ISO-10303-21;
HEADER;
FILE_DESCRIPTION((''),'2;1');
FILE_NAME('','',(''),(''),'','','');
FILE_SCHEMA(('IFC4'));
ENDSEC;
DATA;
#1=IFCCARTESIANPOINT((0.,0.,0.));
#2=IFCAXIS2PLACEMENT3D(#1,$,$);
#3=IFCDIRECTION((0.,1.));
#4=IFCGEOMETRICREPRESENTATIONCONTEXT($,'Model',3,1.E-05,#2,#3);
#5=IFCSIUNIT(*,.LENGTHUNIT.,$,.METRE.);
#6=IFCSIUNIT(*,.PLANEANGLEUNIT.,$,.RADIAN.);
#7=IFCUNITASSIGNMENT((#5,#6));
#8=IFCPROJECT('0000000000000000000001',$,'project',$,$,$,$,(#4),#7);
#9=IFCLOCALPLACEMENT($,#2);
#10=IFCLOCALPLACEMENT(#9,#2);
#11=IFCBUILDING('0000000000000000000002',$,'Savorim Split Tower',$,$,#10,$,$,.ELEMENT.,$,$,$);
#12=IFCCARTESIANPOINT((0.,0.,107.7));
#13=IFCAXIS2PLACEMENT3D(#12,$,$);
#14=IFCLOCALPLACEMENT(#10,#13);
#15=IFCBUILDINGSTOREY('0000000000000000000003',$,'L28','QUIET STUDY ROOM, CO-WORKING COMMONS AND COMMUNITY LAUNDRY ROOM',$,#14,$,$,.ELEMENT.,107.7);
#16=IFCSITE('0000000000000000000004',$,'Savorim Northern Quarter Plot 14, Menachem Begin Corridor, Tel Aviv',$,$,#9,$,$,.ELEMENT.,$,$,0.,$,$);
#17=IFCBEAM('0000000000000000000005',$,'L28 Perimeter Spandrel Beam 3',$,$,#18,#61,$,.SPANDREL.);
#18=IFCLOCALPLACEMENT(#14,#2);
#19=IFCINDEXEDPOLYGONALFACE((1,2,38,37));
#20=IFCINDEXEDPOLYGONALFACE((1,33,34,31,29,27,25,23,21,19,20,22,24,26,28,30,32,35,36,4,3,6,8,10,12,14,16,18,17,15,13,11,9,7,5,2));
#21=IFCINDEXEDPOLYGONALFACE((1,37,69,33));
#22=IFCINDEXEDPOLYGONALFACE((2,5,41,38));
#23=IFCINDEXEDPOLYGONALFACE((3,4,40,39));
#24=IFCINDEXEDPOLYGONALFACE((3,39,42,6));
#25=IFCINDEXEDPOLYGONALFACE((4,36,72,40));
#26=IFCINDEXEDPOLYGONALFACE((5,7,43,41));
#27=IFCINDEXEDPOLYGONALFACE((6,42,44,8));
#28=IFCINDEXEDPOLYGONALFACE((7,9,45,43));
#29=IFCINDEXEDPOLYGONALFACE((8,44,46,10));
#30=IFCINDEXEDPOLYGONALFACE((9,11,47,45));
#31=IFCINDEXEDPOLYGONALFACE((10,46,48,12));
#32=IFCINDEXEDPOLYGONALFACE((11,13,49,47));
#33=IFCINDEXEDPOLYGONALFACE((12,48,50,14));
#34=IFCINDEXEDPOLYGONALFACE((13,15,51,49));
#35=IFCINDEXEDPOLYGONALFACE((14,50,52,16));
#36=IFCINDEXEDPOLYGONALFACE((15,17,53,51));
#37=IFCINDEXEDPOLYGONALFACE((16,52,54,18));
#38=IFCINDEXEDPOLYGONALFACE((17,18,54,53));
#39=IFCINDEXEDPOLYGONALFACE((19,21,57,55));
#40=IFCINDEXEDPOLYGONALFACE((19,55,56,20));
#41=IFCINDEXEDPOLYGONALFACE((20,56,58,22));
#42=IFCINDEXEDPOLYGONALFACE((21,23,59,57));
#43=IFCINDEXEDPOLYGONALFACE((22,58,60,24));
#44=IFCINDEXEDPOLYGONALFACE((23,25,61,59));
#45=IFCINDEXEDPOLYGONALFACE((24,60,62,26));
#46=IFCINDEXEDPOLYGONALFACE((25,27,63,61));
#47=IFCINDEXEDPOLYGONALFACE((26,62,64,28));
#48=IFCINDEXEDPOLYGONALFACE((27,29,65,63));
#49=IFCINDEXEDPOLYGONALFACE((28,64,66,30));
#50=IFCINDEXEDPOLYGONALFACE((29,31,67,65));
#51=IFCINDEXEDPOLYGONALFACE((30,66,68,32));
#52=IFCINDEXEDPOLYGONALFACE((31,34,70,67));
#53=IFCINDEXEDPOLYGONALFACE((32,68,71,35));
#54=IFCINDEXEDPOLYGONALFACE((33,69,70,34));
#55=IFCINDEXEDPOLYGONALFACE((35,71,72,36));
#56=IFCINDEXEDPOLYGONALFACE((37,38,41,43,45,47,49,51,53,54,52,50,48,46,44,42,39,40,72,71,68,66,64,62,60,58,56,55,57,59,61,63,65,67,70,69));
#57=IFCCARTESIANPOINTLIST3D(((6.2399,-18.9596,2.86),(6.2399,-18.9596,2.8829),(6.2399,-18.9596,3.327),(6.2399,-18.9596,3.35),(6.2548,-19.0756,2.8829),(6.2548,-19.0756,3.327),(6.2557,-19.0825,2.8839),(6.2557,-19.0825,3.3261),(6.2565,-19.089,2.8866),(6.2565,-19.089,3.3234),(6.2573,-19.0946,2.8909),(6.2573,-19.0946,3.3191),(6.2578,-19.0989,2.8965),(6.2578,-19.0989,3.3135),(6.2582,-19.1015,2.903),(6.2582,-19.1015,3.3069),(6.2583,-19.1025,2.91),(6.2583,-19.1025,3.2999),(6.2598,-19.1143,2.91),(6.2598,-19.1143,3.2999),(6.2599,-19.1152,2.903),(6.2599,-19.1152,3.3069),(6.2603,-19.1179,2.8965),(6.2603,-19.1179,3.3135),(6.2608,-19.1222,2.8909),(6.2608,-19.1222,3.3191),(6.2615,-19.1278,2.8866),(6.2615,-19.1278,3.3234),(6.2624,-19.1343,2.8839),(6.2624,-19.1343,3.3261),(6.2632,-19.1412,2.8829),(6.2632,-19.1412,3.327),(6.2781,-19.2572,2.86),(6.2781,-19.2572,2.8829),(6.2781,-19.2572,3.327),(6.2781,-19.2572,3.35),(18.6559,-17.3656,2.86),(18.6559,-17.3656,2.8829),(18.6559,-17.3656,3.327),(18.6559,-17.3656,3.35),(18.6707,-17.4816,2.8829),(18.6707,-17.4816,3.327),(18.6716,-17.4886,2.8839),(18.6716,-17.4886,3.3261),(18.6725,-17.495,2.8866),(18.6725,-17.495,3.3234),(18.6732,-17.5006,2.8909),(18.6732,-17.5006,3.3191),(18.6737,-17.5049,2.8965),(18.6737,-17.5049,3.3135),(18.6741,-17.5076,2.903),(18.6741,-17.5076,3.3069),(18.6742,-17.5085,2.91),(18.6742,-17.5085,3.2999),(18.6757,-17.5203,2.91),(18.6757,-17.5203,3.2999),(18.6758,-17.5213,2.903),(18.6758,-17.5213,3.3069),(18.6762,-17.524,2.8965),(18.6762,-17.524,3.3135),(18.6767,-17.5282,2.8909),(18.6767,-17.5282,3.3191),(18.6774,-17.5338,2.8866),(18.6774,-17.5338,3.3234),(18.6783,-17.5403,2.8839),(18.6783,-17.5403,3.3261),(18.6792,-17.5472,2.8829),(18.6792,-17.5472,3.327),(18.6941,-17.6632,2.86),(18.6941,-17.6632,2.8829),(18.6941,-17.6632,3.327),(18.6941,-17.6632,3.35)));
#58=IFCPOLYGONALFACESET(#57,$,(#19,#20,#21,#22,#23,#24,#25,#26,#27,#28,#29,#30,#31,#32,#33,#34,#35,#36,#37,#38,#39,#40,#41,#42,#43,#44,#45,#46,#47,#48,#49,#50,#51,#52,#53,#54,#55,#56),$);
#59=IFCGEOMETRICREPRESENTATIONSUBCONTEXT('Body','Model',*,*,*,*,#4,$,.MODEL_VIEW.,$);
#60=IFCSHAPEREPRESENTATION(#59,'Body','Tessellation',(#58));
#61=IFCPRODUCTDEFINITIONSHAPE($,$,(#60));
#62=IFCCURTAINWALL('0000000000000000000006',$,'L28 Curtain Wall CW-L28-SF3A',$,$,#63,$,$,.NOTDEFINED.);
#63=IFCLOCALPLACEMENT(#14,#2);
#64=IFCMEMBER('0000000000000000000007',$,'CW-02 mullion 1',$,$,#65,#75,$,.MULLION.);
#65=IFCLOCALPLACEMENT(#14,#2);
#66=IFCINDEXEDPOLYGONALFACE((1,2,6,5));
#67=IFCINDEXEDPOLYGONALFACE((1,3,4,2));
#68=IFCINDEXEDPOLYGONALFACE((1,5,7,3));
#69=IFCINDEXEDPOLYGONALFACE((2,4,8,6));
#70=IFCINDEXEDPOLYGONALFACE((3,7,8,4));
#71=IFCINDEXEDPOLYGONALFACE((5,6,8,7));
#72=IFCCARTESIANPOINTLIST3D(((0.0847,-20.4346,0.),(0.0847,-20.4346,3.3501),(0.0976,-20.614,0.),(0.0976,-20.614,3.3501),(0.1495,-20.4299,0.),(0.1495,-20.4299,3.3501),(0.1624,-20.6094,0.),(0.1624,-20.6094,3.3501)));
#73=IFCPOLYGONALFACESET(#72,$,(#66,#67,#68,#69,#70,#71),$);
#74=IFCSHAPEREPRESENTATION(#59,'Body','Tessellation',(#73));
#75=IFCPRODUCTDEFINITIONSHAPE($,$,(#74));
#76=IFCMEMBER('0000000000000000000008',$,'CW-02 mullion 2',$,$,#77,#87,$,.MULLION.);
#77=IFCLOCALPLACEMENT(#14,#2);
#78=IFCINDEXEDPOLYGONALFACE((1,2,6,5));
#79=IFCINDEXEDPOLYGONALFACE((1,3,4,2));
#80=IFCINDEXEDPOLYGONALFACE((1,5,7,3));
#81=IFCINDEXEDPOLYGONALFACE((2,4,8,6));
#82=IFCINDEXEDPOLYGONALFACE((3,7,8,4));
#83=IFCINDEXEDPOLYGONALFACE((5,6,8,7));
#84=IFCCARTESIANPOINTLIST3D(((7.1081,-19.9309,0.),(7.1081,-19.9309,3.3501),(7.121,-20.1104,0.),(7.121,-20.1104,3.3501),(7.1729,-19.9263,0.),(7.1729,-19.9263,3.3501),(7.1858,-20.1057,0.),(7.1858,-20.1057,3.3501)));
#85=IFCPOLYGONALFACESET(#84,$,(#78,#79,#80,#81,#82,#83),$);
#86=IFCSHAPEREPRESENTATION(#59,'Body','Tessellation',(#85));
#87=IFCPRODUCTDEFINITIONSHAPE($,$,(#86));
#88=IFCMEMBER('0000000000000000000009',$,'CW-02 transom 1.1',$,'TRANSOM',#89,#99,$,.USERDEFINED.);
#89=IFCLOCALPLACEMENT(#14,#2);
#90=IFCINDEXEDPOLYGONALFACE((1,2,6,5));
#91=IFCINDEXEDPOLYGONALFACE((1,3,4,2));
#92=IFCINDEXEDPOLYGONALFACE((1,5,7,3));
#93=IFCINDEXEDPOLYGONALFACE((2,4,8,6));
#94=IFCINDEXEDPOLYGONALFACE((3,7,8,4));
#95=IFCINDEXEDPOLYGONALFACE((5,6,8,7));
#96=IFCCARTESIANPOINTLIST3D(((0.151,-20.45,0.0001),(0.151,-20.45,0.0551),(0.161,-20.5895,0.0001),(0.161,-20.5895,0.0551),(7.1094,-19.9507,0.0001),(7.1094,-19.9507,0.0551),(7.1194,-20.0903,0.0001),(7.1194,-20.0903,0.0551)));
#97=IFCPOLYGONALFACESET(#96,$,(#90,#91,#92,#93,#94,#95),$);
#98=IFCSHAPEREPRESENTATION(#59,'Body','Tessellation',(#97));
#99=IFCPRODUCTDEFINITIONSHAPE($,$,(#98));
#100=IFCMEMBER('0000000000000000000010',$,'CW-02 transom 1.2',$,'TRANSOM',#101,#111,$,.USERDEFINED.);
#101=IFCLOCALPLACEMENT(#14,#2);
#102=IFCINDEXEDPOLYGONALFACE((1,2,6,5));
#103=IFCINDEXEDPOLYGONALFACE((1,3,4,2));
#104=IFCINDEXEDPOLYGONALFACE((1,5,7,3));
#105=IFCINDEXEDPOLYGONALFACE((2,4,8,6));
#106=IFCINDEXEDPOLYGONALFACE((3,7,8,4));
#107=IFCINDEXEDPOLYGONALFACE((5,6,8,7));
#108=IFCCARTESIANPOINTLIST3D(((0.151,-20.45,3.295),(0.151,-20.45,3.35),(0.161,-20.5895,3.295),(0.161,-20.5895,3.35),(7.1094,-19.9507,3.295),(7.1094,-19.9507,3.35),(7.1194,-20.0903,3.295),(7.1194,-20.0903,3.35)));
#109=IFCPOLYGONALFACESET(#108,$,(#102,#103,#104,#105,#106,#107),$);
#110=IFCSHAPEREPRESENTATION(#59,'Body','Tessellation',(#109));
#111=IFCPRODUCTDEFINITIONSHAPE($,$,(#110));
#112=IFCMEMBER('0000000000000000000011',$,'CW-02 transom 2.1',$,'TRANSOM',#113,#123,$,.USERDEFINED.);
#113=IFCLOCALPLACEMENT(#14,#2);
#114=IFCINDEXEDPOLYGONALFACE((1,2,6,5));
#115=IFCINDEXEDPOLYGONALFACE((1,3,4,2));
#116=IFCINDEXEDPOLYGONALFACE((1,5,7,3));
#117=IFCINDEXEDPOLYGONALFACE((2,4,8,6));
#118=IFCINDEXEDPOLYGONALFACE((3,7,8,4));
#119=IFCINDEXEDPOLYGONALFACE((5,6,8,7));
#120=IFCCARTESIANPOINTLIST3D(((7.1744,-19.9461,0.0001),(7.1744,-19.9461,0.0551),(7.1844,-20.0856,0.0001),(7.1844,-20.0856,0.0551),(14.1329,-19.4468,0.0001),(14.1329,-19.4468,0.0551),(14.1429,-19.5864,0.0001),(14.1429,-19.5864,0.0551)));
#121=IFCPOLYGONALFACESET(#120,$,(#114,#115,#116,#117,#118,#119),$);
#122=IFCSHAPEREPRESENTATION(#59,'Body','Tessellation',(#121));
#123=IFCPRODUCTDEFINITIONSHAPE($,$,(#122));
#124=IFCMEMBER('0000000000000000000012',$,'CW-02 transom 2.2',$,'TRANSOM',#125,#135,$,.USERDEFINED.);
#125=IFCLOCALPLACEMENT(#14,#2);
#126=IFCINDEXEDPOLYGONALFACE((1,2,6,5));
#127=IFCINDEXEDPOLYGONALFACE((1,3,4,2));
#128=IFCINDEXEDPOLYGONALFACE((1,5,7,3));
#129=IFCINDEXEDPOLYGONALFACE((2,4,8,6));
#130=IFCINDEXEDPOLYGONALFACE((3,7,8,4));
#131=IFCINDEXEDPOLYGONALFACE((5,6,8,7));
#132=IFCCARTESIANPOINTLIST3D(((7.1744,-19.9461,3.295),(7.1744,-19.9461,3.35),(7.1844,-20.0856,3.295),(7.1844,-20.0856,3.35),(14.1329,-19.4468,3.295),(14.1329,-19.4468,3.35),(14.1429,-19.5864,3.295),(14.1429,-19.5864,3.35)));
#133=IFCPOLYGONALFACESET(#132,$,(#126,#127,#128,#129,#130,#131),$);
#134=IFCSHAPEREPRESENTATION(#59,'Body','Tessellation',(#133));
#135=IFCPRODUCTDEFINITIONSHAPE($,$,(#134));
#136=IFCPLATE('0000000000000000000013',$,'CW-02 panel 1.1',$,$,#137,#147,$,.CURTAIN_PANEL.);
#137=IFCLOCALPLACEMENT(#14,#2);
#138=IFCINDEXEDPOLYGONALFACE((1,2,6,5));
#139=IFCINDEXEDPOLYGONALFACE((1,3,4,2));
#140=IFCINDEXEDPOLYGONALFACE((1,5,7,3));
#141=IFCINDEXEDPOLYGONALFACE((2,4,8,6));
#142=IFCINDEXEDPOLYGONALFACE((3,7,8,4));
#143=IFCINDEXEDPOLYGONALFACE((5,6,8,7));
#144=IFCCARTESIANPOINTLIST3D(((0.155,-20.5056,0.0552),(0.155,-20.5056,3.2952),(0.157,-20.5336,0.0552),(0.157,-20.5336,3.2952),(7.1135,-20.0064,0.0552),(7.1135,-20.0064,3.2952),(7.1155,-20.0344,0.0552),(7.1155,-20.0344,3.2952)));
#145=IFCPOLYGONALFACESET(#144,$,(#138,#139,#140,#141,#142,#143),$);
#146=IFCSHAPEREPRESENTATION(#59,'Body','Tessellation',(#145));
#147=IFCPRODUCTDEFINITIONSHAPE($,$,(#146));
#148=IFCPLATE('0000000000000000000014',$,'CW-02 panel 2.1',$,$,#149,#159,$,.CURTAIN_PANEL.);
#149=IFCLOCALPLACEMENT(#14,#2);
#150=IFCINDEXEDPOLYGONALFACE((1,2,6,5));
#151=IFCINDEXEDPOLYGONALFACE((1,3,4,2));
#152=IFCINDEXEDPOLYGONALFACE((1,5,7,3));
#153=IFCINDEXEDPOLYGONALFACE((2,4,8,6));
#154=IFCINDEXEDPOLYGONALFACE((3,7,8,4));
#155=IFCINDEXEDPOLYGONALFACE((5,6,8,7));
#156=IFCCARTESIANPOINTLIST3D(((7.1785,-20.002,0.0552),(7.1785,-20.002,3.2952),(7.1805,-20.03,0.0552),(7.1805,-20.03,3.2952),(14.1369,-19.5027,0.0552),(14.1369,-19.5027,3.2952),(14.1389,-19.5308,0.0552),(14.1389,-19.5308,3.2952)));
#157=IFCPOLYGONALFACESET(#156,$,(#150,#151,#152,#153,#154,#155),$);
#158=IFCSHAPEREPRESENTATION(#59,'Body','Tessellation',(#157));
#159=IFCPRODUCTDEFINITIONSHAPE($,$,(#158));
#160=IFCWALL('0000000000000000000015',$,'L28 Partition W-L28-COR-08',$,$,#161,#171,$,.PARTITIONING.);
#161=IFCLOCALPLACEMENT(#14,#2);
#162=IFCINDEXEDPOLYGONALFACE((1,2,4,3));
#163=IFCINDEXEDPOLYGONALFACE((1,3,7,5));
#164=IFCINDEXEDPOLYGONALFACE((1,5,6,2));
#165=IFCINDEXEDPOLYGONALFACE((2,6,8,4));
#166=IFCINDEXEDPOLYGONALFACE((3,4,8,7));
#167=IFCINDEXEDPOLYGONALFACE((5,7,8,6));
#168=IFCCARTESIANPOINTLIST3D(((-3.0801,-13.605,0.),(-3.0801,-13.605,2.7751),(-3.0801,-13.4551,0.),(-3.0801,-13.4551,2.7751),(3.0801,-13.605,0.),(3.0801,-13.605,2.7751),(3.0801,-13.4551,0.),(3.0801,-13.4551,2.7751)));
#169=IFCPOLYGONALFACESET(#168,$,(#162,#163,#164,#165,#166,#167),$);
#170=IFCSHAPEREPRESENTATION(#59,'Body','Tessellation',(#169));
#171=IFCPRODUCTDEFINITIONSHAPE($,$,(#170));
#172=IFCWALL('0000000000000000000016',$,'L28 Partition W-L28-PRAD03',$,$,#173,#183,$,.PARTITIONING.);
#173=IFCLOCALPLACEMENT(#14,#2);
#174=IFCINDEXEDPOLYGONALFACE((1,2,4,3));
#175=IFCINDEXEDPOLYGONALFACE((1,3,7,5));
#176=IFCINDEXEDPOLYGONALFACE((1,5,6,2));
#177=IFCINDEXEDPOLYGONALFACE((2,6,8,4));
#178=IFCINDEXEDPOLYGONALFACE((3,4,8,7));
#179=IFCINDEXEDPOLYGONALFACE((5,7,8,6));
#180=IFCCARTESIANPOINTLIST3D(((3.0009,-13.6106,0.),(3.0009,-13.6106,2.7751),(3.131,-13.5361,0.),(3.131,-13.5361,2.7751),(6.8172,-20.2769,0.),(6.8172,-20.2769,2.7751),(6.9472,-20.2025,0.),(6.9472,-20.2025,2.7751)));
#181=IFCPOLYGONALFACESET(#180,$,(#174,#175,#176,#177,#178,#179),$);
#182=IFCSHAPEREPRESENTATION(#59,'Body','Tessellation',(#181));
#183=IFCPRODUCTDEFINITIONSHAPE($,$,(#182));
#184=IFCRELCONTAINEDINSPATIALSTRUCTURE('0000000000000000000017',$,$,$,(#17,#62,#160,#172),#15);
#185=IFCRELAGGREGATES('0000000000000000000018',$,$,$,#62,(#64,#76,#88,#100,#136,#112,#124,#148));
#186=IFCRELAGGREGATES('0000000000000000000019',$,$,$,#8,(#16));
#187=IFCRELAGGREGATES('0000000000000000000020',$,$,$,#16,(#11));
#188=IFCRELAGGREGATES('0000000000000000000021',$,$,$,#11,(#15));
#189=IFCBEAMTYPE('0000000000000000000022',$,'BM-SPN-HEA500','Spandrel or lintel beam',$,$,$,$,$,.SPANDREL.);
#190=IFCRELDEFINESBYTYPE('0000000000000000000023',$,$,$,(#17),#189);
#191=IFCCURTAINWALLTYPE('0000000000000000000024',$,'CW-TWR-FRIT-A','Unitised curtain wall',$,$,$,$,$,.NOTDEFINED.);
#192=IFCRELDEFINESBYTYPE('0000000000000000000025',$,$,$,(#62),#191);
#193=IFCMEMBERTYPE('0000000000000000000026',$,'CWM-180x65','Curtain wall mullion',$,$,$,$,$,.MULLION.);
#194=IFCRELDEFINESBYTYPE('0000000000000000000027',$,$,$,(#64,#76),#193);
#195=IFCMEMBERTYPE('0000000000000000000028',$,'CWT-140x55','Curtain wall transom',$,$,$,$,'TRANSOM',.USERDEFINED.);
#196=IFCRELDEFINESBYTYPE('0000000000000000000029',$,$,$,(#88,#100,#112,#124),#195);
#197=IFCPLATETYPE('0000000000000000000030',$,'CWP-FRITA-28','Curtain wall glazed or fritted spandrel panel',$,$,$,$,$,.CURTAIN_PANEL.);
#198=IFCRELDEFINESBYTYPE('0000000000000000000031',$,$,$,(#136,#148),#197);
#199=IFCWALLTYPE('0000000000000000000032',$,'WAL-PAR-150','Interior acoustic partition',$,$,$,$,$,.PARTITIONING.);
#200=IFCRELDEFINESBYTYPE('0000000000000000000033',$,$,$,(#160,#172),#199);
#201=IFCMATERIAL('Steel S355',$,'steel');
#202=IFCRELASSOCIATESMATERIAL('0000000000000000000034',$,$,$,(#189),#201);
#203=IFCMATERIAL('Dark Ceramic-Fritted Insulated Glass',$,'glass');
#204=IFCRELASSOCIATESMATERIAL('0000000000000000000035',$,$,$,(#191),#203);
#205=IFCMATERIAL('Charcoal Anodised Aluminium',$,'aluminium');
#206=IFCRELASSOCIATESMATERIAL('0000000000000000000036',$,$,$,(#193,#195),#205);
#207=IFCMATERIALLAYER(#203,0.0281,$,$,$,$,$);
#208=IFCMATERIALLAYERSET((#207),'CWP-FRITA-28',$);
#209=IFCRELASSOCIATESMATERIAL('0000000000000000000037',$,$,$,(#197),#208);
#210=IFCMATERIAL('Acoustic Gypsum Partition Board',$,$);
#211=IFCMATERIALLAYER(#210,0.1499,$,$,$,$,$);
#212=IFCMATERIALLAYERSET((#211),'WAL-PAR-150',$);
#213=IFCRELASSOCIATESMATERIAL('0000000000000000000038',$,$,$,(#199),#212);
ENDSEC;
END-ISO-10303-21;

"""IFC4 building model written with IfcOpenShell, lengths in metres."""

from ifc_helpers import new_model, si_unit, direction, frame, frame_2d, origin, origin_2d, place, context, subcontext, project, spatial, rectangle, i_section, extrude, material, layer, layer_set, material_profile, profile_set, type_object, element, aggregate, save


model = new_model("IFC4")

# Units and contexts
model_context = context("Model", 3, precision=1e-05, world=origin(), true_north=direction((0.0, 1.0)))
body_context = subcontext(model_context, "Body", "Model", "MODEL_VIEW")
ifc_project = project(units=[si_unit("LENGTHUNIT", "METRE"), si_unit("PLANEANGLEUNIT", "RADIAN")], contexts=[model_context])

# Site, building, storey
site_placement = place(None, origin())
site = spatial("IfcSite", under=ifc_project, at=site_placement, Name="Savorim Northern Quarter Plot 14, Menachem Begin Corridor, Tel Aviv", CompositionType="ELEMENT", RefElevation=0.0)
building_placement = place(site_placement, origin())
building = spatial("IfcBuilding", under=site, at=building_placement, Name="Savorim Split Tower", CompositionType="ELEMENT")
storey_placement = place(building_placement, frame((0.0, 0.0, 107.7)))
storey = spatial("IfcBuildingStorey", under=building, at=storey_placement, Name="L28", Description="QUIET STUDY ROOM, CO-WORKING COMMONS AND COMMUNITY LAUNDRY ROOM", CompositionType="ELEMENT", Elevation=107.7)

# Beam
ifc_material_1 = material(Name="Steel S355", Category="steel")
ifc_material_profile_1 = material_profile(ifc_material_1, i_section(OverallWidth=0.3, OverallDepth=0.49, WebThickness=0.012, FlangeThickness=0.0229, FilletRadius=0.0271, at=origin_2d()), Name="HEA 500")
ifc_profile_set_1 = profile_set([ifc_material_profile_1], Name="Steel S355")
beam_type_1 = type_object("IfcBeamType", Name="BM-SPN-HEA500", Description="Spandrel or lintel beam", PredefinedType="SPANDREL", material=ifc_profile_set_1)
beam_1_placement = place(storey_placement, frame((6.259, -19.1084, 3.105), z_axis=(0.99186, 0.127337, 0.0), x_axis=(-0.127337, 0.99186, 0.0)))
element("IfcBeam", 1, at=beam_1_placement, inside=storey, type_object=beam_type_1, Name="L28 Perimeter Spandrel Beam 3", PredefinedType="SPANDREL", context=body_context, shape_type="SweptSolid", body=[
    extrude(i_section(OverallWidth=0.3, OverallDepth=0.49, WebThickness=0.012, FlangeThickness=0.0229, FilletRadius=0.0271, at=origin_2d()), origin(), (0.0, 0.0, 1.0), 12.5178),
])

# Curtain wall, members, plates
ifc_material_2 = material(Name="Dark Ceramic-Fritted Insulated Glass", Category="glass")
curtain_wall_type = type_object("IfcCurtainWallType", Name="CW-TWR-FRIT-A", Description="Unitised curtain wall", PredefinedType="NOTDEFINED", material=ifc_material_2)
curtain_wall_placement = place(storey_placement, origin())
curtain_wall = element("IfcCurtainWall", 2, at=curtain_wall_placement, inside=storey, type_object=curtain_wall_type, Name="L28 Curtain Wall CW-L28-SF3A", PredefinedType="NOTDEFINED")
ifc_material_3 = material(Name="Charcoal Anodised Aluminium", Category="aluminium")
ifc_material_profile_2 = material_profile(ifc_material_3, rectangle(XDim=0.1799, YDim=0.0649, at=origin_2d()), Name="ALU-M 180x65")
ifc_profile_set_2 = profile_set([ifc_material_profile_2], Name="Charcoal Anodised Aluminium")
member_type_1 = type_object("IfcMemberType", Name="CWM-180x65", Description="Curtain wall mullion", PredefinedType="MULLION", material=ifc_profile_set_2)
member_1_placement = place(storey_placement, frame((0.1235, -20.522, 0.0), z_axis=(0.0, 0.0, 1.0), x_axis=(-0.071559, 0.997436, 0.0)))
member_1 = element("IfcMember", 3, at=member_1_placement, type_object=member_type_1, Name="CW-02 mullion 1", PredefinedType="MULLION", context=body_context, shape_type="SweptSolid", body=[
    extrude(rectangle(XDim=0.1799, YDim=0.0649, at=origin_2d()), origin(), (0.0, 0.0, 1.0), 3.3501),
])
member_2_placement = place(storey_placement, frame((7.147, -20.0183, 0.0), z_axis=(0.0, 0.0, 1.0), x_axis=(-0.071559, 0.997436, 0.0)))
member_2 = element("IfcMember", 4, at=member_2_placement, type_object=member_type_1, Name="CW-02 mullion 2", PredefinedType="MULLION", context=body_context, shape_type="SweptSolid", body=[
    extrude(rectangle(XDim=0.1799, YDim=0.0649, at=origin_2d()), origin(), (0.0, 0.0, 1.0), 3.3501),
])
ifc_material_profile_3 = material_profile(ifc_material_3, rectangle(XDim=0.1399, YDim=0.0549, at=origin_2d()), Name="ALU-T 140x55")
ifc_profile_set_3 = profile_set([ifc_material_profile_3], Name="Charcoal Anodised Aluminium")
member_type_2 = type_object("IfcMemberType", Name="CWT-140x55", Description="Curtain wall transom", ElementType="TRANSOM", PredefinedType="USERDEFINED", material=ifc_profile_set_3)
member_3_placement = place(storey_placement, frame((0.156, -20.5198, 0.0276), z_axis=(0.997436, 0.071565, 0.0), x_axis=(-0.071565, 0.997436, 0.0)))
member_3 = element("IfcMember", 5, at=member_3_placement, type_object=member_type_2, Name="CW-02 transom 1.1", ObjectType="TRANSOM", PredefinedType="USERDEFINED", context=body_context, shape_type="SweptSolid", body=[
    extrude(rectangle(XDim=0.1399, YDim=0.0549, at=origin_2d()), origin(), (0.0, 0.0, 1.0), 6.9763),
])
member_4_placement = place(storey_placement, frame((0.156, -20.5198, 3.3225), z_axis=(0.997436, 0.071565, 0.0), x_axis=(-0.071565, 0.997436, 0.0)))
member_4 = element("IfcMember", 6, at=member_4_placement, type_object=member_type_2, Name="CW-02 transom 1.2", ObjectType="TRANSOM", PredefinedType="USERDEFINED", context=body_context, shape_type="SweptSolid", body=[
    extrude(rectangle(XDim=0.1399, YDim=0.0549, at=origin_2d()), origin(), (0.0, 0.0, 1.0), 6.9763),
])
member_5_placement = place(storey_placement, frame((7.1794, -20.0159, 0.0276), z_axis=(0.997436, 0.071565, 0.0), x_axis=(-0.071565, 0.997436, 0.0)))
member_5 = element("IfcMember", 7, at=member_5_placement, type_object=member_type_2, Name="CW-02 transom 2.1", ObjectType="TRANSOM", PredefinedType="USERDEFINED", context=body_context, shape_type="SweptSolid", body=[
    extrude(rectangle(XDim=0.1399, YDim=0.0549, at=origin_2d()), origin(), (0.0, 0.0, 1.0), 6.9763),
])
member_6_placement = place(storey_placement, frame((7.1794, -20.0159, 3.3225), z_axis=(0.997436, 0.071565, 0.0), x_axis=(-0.071565, 0.997436, 0.0)))
member_6 = element("IfcMember", 8, at=member_6_placement, type_object=member_type_2, Name="CW-02 transom 2.2", ObjectType="TRANSOM", PredefinedType="USERDEFINED", context=body_context, shape_type="SweptSolid", body=[
    extrude(rectangle(XDim=0.1399, YDim=0.0549, at=origin_2d()), origin(), (0.0, 0.0, 1.0), 6.9763),
])
ifc_layer_1 = layer(ifc_material_2, 0.0281)
ifc_layer_set_1 = layer_set([ifc_layer_1], Name="CWP-FRITA-28")
plate_type = type_object("IfcPlateType", Name="CWP-FRITA-28", Description="Curtain wall glazed or fritted spandrel panel", PredefinedType="CURTAIN_PANEL", material=ifc_layer_set_1)
plate_1_placement = place(storey_placement, frame((3.6353, -20.27, 0.0552), z_axis=(0.0, 0.0, 1.0), x_axis=(0.997436, 0.071559, 0.0)))
plate_1 = element("IfcPlate", 9, at=plate_1_placement, type_object=plate_type, Name="CW-02 panel 1.1", PredefinedType="CURTAIN_PANEL", context=body_context, shape_type="SweptSolid", body=[
    extrude(rectangle(XDim=6.9763, YDim=0.0281, at=origin_2d()), origin(), (0.0, 0.0, 1.0), 3.24),
])
plate_2_placement = place(storey_placement, frame((10.6587, -19.7664, 0.0552), z_axis=(0.0, 0.0, 1.0), x_axis=(0.997436, 0.071559, 0.0)))
plate_2 = element("IfcPlate", 10, at=plate_2_placement, type_object=plate_type, Name="CW-02 panel 2.1", PredefinedType="CURTAIN_PANEL", context=body_context, shape_type="SweptSolid", body=[
    extrude(rectangle(XDim=6.9763, YDim=0.0281, at=origin_2d()), origin(), (0.0, 0.0, 1.0), 3.24),
])
aggregate(curtain_wall, [member_1, member_2, member_3, member_4, plate_1, member_5, member_6, plate_2])

# Walls
ifc_material_4 = material(Name="Acoustic Gypsum Partition Board")
ifc_layer_2 = layer(ifc_material_4, 0.1499)
ifc_layer_set_2 = layer_set([ifc_layer_2], Name="WAL-PAR-150")
wall_type = type_object("IfcWallType", Name="WAL-PAR-150", Description="Interior acoustic partition", PredefinedType="PARTITIONING", material=ifc_layer_set_2)
wall_1_placement = place(storey_placement, frame((3.0801, -13.53, 0.0), z_axis=(0.0, 0.0, 1.0), x_axis=(-1.0, 0.0, 0.0)))
element("IfcWall", 11, at=wall_1_placement, inside=storey, type_object=wall_type, Name="L28 Partition W-L28-COR-08", PredefinedType="PARTITIONING", context=body_context, shape_type="SweptSolid", body=[
    extrude(rectangle(XDim=6.1602, YDim=0.1499, at=frame_2d((3.0801, 0.0))), origin(), (0.0, 0.0, 1.0), 2.7751),
])
wall_2_placement = place(storey_placement, frame((3.0659, -13.5732, 0.0), z_axis=(0.0, 0.0, 1.0), x_axis=(0.496813, -0.867858, 0.0)))
element("IfcWall", 12, at=wall_2_placement, inside=storey, type_object=wall_type, Name="L28 Partition W-L28-PRAD03", PredefinedType="PARTITIONING", context=body_context, shape_type="SweptSolid", body=[
    extrude(rectangle(XDim=7.6814, YDim=0.1499, at=frame_2d((3.8408, 0.0))), origin(), (0.0, 0.0, 1.0), 2.7751),
])

save(model, "model.ifc")
